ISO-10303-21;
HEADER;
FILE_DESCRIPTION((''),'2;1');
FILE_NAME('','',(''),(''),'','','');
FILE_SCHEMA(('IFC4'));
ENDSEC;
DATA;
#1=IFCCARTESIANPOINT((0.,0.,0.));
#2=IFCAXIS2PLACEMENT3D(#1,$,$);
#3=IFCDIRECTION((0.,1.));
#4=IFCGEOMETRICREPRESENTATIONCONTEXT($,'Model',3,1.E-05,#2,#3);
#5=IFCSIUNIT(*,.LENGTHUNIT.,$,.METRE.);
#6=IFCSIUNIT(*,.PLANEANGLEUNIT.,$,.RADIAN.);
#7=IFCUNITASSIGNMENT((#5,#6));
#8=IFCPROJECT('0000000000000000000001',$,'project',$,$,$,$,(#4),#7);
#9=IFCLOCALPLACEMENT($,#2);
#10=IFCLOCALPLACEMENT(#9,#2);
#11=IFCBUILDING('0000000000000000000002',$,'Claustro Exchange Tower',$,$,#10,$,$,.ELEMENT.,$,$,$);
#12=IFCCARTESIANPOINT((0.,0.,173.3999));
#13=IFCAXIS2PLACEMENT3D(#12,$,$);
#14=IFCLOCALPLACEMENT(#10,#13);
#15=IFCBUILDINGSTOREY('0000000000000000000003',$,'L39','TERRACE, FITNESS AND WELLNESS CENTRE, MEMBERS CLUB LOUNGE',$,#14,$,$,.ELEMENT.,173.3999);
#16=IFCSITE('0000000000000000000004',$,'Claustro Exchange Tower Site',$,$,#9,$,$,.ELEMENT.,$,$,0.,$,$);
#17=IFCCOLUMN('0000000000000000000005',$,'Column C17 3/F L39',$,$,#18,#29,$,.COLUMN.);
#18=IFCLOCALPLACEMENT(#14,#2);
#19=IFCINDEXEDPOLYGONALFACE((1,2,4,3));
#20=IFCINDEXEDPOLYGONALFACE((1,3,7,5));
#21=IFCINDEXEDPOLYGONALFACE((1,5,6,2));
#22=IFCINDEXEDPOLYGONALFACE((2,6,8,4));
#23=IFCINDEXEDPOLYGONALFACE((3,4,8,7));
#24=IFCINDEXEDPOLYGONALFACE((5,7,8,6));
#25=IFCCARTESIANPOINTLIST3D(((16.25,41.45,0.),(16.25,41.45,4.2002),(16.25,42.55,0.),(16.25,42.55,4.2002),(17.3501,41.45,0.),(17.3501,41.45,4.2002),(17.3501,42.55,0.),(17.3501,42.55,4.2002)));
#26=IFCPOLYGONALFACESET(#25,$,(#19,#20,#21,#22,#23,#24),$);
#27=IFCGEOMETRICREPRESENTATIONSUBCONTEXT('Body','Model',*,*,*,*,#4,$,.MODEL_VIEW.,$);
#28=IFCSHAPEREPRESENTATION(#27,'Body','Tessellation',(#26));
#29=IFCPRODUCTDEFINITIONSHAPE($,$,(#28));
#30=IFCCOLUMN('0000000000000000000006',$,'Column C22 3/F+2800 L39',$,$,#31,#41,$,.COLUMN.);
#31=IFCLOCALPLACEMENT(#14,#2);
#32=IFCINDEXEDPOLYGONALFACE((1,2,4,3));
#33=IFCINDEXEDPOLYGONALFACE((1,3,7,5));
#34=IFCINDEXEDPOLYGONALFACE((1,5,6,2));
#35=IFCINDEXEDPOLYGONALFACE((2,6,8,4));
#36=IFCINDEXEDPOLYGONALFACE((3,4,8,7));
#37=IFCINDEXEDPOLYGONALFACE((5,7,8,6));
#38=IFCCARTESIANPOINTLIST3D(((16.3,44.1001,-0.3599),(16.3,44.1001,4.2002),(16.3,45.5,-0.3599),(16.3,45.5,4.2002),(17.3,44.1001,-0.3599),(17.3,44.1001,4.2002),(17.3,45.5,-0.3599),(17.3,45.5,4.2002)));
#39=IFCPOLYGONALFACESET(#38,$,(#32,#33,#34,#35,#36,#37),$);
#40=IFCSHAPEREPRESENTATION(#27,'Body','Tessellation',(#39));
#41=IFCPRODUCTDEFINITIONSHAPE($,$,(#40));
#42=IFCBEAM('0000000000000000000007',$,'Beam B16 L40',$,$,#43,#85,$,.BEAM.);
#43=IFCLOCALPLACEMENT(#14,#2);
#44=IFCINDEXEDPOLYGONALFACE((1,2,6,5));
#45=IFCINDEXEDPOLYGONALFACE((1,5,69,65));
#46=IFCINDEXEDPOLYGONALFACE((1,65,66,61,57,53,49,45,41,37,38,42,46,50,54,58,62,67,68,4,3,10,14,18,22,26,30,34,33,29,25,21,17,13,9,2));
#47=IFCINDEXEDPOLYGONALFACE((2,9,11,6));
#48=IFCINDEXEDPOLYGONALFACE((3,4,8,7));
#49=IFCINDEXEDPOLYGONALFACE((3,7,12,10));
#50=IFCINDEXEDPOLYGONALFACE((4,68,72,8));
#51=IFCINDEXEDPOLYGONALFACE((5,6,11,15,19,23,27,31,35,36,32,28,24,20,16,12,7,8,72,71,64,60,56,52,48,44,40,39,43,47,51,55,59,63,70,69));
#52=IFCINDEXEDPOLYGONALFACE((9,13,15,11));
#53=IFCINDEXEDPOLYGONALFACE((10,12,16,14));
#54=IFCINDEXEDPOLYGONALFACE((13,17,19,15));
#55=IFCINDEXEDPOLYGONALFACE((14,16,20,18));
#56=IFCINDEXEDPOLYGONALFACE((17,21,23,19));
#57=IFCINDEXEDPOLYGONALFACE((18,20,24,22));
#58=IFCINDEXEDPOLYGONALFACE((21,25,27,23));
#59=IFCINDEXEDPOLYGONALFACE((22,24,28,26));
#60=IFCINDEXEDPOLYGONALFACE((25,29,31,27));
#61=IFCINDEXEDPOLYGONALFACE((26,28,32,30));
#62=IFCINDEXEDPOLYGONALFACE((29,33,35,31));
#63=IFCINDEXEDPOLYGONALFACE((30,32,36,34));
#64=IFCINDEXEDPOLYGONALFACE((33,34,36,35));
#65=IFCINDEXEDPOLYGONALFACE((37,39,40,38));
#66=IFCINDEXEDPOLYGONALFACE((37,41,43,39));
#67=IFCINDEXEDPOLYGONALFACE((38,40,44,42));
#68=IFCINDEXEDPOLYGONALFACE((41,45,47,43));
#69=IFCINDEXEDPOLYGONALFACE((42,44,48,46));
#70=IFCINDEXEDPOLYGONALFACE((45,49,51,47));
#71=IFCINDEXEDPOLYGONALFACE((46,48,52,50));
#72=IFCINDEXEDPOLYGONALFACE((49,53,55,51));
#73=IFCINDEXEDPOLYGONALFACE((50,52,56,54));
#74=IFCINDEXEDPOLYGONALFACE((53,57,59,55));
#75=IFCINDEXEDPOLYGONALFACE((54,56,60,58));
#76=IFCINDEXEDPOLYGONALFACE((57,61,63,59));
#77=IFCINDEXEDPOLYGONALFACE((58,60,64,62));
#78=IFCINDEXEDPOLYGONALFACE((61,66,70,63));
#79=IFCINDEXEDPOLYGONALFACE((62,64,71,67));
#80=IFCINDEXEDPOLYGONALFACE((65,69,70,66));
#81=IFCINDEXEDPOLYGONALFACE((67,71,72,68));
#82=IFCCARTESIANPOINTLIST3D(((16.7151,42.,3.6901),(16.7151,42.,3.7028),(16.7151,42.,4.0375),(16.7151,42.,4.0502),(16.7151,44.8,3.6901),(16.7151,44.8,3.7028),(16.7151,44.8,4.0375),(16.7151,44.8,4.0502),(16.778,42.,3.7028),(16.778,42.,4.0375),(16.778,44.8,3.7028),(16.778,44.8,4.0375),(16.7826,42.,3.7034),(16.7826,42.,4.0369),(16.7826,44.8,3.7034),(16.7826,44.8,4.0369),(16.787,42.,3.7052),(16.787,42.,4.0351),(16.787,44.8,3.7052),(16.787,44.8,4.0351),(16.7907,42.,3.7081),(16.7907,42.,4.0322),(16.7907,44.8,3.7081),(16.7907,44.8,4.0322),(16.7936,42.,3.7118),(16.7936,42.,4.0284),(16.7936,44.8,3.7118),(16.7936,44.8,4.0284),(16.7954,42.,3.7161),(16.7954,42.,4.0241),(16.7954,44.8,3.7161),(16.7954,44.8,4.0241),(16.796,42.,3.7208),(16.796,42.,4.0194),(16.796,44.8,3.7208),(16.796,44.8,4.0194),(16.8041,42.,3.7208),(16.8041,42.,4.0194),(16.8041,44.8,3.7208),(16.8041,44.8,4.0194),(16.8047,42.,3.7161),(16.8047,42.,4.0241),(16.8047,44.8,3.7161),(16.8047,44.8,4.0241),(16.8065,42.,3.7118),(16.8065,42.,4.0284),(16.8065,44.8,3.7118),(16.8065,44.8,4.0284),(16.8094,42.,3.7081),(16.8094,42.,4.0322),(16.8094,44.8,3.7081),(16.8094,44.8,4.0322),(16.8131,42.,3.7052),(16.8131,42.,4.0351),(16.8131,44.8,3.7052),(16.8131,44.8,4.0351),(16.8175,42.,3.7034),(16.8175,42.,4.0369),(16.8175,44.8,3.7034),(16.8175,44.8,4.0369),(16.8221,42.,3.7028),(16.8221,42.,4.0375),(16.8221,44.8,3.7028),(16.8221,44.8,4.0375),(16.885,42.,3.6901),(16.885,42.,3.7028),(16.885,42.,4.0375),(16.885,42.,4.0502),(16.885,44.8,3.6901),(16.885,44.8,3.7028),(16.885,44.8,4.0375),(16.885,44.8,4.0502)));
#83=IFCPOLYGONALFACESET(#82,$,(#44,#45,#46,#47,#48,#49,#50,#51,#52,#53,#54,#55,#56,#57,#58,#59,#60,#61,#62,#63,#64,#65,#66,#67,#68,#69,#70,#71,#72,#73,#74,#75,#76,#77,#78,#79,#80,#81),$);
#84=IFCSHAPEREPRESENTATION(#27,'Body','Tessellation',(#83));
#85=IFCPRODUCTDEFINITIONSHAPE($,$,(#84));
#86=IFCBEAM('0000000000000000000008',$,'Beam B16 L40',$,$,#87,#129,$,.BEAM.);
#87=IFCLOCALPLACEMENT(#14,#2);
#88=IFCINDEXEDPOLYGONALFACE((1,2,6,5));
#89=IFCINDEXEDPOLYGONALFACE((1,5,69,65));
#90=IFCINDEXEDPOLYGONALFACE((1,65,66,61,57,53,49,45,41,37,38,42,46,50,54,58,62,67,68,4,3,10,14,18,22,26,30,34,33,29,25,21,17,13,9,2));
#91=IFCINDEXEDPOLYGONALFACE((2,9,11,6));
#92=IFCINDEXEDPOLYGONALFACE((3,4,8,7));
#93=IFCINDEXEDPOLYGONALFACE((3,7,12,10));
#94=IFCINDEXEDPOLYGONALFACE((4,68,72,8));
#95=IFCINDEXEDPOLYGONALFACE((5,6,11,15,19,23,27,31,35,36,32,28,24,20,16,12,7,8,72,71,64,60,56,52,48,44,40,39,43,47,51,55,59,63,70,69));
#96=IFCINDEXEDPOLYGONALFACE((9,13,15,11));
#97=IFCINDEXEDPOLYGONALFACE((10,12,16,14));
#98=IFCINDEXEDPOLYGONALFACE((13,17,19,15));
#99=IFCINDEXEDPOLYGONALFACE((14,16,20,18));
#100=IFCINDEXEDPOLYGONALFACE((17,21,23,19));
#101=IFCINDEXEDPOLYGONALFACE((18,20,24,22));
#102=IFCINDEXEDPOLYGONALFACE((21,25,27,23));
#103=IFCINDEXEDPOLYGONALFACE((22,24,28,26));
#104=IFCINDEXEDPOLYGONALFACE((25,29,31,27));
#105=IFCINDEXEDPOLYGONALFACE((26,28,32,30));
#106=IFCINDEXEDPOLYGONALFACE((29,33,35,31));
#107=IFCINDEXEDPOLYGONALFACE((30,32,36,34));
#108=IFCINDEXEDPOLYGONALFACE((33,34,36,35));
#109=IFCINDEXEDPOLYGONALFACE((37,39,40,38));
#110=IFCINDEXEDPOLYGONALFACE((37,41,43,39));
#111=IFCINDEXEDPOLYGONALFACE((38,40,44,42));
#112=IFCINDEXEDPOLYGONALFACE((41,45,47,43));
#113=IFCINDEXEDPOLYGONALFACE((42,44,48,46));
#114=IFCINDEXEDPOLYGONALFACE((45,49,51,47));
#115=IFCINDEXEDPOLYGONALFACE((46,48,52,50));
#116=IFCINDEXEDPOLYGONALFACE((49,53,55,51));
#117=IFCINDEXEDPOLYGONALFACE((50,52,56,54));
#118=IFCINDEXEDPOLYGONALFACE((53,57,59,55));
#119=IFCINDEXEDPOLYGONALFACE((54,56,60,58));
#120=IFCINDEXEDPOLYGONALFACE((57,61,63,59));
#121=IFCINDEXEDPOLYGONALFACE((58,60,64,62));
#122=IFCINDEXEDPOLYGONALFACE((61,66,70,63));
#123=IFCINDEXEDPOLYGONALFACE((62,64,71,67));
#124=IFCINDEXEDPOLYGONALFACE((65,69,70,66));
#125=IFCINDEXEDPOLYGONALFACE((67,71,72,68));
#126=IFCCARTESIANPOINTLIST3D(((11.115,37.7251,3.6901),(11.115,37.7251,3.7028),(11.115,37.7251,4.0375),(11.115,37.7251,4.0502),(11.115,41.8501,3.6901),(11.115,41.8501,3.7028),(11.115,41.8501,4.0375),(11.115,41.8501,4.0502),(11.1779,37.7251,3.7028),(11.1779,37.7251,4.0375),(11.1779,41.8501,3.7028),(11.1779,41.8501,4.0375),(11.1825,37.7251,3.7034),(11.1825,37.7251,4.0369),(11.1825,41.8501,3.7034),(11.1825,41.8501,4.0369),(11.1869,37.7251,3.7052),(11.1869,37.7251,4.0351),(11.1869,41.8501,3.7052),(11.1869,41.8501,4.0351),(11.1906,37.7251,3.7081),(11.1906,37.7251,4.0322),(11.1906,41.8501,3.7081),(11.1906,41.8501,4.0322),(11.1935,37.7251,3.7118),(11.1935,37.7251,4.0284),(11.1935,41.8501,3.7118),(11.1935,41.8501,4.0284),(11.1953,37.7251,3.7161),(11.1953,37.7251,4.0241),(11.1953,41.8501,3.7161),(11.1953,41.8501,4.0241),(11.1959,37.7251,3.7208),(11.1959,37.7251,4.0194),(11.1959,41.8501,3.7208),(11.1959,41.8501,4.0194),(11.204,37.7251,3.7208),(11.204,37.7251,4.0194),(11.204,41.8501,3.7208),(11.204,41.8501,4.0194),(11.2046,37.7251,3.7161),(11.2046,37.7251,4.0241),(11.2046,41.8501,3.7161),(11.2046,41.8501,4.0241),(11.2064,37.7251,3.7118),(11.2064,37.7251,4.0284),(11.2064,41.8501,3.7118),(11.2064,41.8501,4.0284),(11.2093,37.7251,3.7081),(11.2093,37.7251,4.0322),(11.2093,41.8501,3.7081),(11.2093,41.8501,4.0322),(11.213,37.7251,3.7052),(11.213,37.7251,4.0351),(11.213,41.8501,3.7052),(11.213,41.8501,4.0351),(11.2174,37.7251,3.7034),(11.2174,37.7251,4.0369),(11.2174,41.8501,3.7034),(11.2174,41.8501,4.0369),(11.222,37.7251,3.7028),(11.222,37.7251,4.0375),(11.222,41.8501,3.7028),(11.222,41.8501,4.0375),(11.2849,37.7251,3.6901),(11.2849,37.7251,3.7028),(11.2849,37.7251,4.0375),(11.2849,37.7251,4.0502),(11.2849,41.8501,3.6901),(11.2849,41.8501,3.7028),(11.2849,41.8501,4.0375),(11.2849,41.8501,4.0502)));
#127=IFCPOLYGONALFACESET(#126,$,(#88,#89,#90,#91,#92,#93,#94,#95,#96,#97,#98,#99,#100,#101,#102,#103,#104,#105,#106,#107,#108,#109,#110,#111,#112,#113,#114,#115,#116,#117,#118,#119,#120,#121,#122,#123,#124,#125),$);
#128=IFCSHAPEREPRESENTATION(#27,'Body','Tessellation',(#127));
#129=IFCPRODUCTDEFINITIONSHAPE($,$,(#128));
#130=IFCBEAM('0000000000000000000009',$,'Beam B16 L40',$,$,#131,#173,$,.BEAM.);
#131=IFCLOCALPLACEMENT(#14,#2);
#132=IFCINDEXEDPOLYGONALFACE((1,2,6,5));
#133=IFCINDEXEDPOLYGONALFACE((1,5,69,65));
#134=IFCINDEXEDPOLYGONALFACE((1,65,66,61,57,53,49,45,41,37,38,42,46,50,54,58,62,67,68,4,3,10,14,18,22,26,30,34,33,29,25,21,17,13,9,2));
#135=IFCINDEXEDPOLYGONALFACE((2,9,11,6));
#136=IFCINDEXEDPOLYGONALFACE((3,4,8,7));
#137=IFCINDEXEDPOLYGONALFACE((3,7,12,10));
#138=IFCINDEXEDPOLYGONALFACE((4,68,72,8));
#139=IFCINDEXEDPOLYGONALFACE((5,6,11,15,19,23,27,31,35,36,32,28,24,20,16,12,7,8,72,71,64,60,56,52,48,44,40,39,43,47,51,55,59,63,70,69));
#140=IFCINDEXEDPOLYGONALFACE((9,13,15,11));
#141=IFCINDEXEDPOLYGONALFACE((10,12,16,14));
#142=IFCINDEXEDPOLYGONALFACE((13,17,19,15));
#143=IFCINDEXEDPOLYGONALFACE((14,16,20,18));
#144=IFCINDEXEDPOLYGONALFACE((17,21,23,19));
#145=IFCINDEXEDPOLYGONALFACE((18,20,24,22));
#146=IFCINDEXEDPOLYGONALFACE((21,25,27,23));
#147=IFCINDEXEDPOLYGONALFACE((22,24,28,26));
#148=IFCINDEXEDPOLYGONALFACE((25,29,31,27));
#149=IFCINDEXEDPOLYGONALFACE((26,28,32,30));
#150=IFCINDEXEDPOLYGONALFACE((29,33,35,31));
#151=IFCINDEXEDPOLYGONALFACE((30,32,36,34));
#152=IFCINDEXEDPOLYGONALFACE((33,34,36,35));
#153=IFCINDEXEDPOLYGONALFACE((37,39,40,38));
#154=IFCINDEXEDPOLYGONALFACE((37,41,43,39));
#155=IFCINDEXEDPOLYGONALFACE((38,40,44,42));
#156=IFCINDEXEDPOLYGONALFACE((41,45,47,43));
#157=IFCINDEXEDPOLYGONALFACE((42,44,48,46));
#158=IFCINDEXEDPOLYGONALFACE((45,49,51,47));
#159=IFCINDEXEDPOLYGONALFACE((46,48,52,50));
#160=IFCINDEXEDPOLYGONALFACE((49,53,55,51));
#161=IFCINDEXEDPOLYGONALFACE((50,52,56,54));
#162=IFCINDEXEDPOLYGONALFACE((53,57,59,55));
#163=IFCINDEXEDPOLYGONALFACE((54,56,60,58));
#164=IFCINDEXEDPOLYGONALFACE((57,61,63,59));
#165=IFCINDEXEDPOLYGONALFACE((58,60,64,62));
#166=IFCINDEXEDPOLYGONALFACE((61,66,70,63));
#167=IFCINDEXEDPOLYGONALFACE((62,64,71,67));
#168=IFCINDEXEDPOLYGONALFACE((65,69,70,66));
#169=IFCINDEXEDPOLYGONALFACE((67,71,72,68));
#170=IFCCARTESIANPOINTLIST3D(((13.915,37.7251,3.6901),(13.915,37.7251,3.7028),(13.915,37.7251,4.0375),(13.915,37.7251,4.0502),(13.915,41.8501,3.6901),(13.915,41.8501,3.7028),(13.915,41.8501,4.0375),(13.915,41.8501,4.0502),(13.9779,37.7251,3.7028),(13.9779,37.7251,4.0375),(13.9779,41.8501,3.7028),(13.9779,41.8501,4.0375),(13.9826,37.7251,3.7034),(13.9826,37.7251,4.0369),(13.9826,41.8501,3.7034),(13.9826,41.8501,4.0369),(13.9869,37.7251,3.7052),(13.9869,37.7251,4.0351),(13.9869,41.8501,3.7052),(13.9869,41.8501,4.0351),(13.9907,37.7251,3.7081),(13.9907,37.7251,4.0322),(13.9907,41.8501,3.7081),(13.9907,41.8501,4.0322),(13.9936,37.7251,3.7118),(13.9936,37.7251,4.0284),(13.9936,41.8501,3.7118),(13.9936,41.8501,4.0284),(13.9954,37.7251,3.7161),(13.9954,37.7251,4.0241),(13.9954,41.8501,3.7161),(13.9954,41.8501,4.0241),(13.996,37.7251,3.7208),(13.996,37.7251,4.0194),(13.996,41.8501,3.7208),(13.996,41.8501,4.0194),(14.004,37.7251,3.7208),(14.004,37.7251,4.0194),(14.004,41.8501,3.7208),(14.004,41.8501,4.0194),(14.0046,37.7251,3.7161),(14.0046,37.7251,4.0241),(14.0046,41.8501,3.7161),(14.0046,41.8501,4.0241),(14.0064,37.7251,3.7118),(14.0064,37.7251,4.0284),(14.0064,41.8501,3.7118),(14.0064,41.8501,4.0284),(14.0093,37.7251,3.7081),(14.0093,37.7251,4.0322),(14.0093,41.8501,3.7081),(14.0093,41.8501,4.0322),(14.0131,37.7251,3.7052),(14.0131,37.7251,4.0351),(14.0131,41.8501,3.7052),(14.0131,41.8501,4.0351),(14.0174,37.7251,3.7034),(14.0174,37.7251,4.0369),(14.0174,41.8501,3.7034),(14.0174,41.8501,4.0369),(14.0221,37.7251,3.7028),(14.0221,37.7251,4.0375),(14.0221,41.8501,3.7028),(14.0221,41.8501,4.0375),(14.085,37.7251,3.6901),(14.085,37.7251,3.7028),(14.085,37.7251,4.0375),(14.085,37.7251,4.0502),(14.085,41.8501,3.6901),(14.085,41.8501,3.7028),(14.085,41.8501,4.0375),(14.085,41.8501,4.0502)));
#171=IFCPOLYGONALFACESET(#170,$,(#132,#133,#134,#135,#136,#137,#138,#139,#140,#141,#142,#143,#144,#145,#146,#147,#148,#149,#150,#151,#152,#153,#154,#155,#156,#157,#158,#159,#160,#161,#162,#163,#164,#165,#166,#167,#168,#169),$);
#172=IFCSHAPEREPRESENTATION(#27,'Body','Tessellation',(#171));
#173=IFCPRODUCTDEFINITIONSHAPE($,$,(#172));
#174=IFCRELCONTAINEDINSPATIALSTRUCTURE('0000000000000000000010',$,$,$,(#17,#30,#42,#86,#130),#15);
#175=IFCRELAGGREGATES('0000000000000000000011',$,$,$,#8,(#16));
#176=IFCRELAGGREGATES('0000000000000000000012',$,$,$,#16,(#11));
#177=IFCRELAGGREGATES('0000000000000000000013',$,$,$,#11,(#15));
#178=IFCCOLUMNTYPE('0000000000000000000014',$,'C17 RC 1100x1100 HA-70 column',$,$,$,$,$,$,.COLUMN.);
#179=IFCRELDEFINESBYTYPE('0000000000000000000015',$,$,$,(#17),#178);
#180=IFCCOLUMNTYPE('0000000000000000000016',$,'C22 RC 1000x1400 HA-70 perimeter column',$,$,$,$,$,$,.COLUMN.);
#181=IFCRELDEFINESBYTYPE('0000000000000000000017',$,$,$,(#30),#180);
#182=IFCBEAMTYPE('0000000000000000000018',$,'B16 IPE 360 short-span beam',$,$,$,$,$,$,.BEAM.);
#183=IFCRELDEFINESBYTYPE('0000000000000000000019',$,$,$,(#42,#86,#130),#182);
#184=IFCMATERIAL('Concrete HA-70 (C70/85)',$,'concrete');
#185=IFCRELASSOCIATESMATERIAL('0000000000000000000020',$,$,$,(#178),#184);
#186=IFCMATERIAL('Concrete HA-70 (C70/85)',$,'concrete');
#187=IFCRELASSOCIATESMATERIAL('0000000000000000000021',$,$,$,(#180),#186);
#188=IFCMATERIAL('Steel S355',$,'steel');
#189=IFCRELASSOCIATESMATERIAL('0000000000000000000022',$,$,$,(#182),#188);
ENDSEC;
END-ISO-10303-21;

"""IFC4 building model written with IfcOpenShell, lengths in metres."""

from ifc_helpers import new_model, si_unit, direction, frame, origin, origin_2d, place, context, subcontext, project, spatial, rectangle, i_section, extrude, material, material_profile, profile_set, type_object, element, save


model = new_model("IFC4")

# Units and contexts
model_context = context("Model", 3, precision=1e-05, world=origin(), true_north=direction((0.0, 1.0)))
body_context = subcontext(model_context, "Body", "Model", "MODEL_VIEW")
ifc_project = project(units=[si_unit("LENGTHUNIT", "METRE"), si_unit("PLANEANGLEUNIT", "RADIAN")], contexts=[model_context])

# Site, building, storey
site_placement = place(None, origin())
site = spatial("IfcSite", under=ifc_project, at=site_placement, Name="Claustro Exchange Tower Site", CompositionType="ELEMENT", RefElevation=0.0)
building_placement = place(site_placement, origin())
building = spatial("IfcBuilding", under=site, at=building_placement, Name="Claustro Exchange Tower", CompositionType="ELEMENT")
storey_placement = place(building_placement, frame((0.0, 0.0, 173.3999)))
storey = spatial("IfcBuildingStorey", under=building, at=storey_placement, Name="L39", Description="TERRACE, FITNESS AND WELLNESS CENTRE, MEMBERS CLUB LOUNGE", CompositionType="ELEMENT", Elevation=173.3999)

# Columns
ifc_material_1 = material(Name="Concrete HA-70 (C70/85)", Category="concrete")
ifc_material_profile_1 = material_profile(ifc_material_1, rectangle(XDim=1.1001, YDim=1.1001, at=origin_2d()), Name="RC 1100x1100")
ifc_profile_set_1 = profile_set([ifc_material_profile_1], Name="Concrete HA-70 (C70/85)")
column_type_1 = type_object("IfcColumnType", Name="C17 RC 1100x1100 HA-70 column", PredefinedType="COLUMN", material=ifc_profile_set_1)
column_1_placement = place(storey_placement, frame((16.8, 42.0, 0.0), z_axis=(0.0, 0.0, 1.0), x_axis=(1.0, 0.0, 0.0)))
element("IfcColumn", 1, at=column_1_placement, inside=storey, type_object=column_type_1, Name="Column C17 3/F L39", PredefinedType="COLUMN", context=body_context, shape_type="SweptSolid", body=[
    extrude(rectangle(XDim=1.1001, YDim=1.1001, at=origin_2d()), origin(), (0.0, 0.0, 1.0), 4.2002),
])
ifc_material_2 = material(Name="Concrete HA-70 (C70/85)", Category="concrete")
ifc_material_profile_2 = material_profile(ifc_material_2, rectangle(XDim=1.0, YDim=1.3999, at=origin_2d()), Name="RC 1000x1400")
ifc_profile_set_2 = profile_set([ifc_material_profile_2], Name="Concrete HA-70 (C70/85)")
column_type_2 = type_object("IfcColumnType", Name="C22 RC 1000x1400 HA-70 perimeter column", PredefinedType="COLUMN", material=ifc_profile_set_2)
column_2_placement = place(storey_placement, frame((16.8, 44.8, -0.3599), z_axis=(0.0, 0.0, 1.0), x_axis=(1.0, 0.0, 0.0)))
element("IfcColumn", 2, at=column_2_placement, inside=storey, type_object=column_type_2, Name="Column C22 3/F+2800 L39", PredefinedType="COLUMN", context=body_context, shape_type="SweptSolid", body=[
    extrude(rectangle(XDim=1.0, YDim=1.3999, at=origin_2d()), origin(), (0.0, 0.0, 1.0), 4.5601),
])

# Beams
ifc_material_3 = material(Name="Steel S355", Category="steel")
ifc_material_profile_3 = material_profile(ifc_material_3, i_section(OverallWidth=0.1699, OverallDepth=0.3601, WebThickness=0.0081, FlangeThickness=0.0127, FilletRadius=0.0181, at=origin_2d()), Name="IPE 360")
ifc_profile_set_3 = profile_set([ifc_material_profile_3], Name="Steel S355")
beam_type_1 = type_object("IfcBeamType", Name="B16 IPE 360 short-span beam", PredefinedType="BEAM", material=ifc_profile_set_3)
beam_1_placement = place(storey_placement, frame((16.8, 42.0, 3.8701), z_axis=(0.0, 1.0, 0.0), x_axis=(-1.0, 0.0, 0.0)))
element("IfcBeam", 3, at=beam_1_placement, inside=storey, type_object=beam_type_1, Name="Beam B16 L40", PredefinedType="BEAM", context=body_context, shape_type="SweptSolid", body=[
    extrude(i_section(OverallWidth=0.1699, OverallDepth=0.3601, WebThickness=0.0081, FlangeThickness=0.0127, FilletRadius=0.0181, at=origin_2d()), origin(), (0.0, 0.0, 1.0), 2.8),
])
for number, where, z_axis, x_axis, name in (
    (4, (11.2, 37.7251, 3.8701), (0.0, 1.0, 0.0), (-1.0, 0.0, 0.0), "Beam B16 L40"),
    (5, (14.0, 37.7251, 3.8701), (0.0, 1.0, 0.0), (-1.0, 0.0, 0.0), "Beam B16 L40"),
):
    element("IfcBeam", number, at=place(storey_placement, frame(where, z_axis=z_axis, x_axis=x_axis)), inside=storey, type_object=beam_type_1, Name=name, PredefinedType="BEAM", context=body_context, shape_type="SweptSolid", body=[
        extrude(i_section(OverallWidth=0.1699, OverallDepth=0.3601, WebThickness=0.0081, FlangeThickness=0.0127, FilletRadius=0.0181, at=origin_2d()), origin(), (0.0, 0.0, 1.0), 4.125),
    ])

save(model, "model.ifc")
